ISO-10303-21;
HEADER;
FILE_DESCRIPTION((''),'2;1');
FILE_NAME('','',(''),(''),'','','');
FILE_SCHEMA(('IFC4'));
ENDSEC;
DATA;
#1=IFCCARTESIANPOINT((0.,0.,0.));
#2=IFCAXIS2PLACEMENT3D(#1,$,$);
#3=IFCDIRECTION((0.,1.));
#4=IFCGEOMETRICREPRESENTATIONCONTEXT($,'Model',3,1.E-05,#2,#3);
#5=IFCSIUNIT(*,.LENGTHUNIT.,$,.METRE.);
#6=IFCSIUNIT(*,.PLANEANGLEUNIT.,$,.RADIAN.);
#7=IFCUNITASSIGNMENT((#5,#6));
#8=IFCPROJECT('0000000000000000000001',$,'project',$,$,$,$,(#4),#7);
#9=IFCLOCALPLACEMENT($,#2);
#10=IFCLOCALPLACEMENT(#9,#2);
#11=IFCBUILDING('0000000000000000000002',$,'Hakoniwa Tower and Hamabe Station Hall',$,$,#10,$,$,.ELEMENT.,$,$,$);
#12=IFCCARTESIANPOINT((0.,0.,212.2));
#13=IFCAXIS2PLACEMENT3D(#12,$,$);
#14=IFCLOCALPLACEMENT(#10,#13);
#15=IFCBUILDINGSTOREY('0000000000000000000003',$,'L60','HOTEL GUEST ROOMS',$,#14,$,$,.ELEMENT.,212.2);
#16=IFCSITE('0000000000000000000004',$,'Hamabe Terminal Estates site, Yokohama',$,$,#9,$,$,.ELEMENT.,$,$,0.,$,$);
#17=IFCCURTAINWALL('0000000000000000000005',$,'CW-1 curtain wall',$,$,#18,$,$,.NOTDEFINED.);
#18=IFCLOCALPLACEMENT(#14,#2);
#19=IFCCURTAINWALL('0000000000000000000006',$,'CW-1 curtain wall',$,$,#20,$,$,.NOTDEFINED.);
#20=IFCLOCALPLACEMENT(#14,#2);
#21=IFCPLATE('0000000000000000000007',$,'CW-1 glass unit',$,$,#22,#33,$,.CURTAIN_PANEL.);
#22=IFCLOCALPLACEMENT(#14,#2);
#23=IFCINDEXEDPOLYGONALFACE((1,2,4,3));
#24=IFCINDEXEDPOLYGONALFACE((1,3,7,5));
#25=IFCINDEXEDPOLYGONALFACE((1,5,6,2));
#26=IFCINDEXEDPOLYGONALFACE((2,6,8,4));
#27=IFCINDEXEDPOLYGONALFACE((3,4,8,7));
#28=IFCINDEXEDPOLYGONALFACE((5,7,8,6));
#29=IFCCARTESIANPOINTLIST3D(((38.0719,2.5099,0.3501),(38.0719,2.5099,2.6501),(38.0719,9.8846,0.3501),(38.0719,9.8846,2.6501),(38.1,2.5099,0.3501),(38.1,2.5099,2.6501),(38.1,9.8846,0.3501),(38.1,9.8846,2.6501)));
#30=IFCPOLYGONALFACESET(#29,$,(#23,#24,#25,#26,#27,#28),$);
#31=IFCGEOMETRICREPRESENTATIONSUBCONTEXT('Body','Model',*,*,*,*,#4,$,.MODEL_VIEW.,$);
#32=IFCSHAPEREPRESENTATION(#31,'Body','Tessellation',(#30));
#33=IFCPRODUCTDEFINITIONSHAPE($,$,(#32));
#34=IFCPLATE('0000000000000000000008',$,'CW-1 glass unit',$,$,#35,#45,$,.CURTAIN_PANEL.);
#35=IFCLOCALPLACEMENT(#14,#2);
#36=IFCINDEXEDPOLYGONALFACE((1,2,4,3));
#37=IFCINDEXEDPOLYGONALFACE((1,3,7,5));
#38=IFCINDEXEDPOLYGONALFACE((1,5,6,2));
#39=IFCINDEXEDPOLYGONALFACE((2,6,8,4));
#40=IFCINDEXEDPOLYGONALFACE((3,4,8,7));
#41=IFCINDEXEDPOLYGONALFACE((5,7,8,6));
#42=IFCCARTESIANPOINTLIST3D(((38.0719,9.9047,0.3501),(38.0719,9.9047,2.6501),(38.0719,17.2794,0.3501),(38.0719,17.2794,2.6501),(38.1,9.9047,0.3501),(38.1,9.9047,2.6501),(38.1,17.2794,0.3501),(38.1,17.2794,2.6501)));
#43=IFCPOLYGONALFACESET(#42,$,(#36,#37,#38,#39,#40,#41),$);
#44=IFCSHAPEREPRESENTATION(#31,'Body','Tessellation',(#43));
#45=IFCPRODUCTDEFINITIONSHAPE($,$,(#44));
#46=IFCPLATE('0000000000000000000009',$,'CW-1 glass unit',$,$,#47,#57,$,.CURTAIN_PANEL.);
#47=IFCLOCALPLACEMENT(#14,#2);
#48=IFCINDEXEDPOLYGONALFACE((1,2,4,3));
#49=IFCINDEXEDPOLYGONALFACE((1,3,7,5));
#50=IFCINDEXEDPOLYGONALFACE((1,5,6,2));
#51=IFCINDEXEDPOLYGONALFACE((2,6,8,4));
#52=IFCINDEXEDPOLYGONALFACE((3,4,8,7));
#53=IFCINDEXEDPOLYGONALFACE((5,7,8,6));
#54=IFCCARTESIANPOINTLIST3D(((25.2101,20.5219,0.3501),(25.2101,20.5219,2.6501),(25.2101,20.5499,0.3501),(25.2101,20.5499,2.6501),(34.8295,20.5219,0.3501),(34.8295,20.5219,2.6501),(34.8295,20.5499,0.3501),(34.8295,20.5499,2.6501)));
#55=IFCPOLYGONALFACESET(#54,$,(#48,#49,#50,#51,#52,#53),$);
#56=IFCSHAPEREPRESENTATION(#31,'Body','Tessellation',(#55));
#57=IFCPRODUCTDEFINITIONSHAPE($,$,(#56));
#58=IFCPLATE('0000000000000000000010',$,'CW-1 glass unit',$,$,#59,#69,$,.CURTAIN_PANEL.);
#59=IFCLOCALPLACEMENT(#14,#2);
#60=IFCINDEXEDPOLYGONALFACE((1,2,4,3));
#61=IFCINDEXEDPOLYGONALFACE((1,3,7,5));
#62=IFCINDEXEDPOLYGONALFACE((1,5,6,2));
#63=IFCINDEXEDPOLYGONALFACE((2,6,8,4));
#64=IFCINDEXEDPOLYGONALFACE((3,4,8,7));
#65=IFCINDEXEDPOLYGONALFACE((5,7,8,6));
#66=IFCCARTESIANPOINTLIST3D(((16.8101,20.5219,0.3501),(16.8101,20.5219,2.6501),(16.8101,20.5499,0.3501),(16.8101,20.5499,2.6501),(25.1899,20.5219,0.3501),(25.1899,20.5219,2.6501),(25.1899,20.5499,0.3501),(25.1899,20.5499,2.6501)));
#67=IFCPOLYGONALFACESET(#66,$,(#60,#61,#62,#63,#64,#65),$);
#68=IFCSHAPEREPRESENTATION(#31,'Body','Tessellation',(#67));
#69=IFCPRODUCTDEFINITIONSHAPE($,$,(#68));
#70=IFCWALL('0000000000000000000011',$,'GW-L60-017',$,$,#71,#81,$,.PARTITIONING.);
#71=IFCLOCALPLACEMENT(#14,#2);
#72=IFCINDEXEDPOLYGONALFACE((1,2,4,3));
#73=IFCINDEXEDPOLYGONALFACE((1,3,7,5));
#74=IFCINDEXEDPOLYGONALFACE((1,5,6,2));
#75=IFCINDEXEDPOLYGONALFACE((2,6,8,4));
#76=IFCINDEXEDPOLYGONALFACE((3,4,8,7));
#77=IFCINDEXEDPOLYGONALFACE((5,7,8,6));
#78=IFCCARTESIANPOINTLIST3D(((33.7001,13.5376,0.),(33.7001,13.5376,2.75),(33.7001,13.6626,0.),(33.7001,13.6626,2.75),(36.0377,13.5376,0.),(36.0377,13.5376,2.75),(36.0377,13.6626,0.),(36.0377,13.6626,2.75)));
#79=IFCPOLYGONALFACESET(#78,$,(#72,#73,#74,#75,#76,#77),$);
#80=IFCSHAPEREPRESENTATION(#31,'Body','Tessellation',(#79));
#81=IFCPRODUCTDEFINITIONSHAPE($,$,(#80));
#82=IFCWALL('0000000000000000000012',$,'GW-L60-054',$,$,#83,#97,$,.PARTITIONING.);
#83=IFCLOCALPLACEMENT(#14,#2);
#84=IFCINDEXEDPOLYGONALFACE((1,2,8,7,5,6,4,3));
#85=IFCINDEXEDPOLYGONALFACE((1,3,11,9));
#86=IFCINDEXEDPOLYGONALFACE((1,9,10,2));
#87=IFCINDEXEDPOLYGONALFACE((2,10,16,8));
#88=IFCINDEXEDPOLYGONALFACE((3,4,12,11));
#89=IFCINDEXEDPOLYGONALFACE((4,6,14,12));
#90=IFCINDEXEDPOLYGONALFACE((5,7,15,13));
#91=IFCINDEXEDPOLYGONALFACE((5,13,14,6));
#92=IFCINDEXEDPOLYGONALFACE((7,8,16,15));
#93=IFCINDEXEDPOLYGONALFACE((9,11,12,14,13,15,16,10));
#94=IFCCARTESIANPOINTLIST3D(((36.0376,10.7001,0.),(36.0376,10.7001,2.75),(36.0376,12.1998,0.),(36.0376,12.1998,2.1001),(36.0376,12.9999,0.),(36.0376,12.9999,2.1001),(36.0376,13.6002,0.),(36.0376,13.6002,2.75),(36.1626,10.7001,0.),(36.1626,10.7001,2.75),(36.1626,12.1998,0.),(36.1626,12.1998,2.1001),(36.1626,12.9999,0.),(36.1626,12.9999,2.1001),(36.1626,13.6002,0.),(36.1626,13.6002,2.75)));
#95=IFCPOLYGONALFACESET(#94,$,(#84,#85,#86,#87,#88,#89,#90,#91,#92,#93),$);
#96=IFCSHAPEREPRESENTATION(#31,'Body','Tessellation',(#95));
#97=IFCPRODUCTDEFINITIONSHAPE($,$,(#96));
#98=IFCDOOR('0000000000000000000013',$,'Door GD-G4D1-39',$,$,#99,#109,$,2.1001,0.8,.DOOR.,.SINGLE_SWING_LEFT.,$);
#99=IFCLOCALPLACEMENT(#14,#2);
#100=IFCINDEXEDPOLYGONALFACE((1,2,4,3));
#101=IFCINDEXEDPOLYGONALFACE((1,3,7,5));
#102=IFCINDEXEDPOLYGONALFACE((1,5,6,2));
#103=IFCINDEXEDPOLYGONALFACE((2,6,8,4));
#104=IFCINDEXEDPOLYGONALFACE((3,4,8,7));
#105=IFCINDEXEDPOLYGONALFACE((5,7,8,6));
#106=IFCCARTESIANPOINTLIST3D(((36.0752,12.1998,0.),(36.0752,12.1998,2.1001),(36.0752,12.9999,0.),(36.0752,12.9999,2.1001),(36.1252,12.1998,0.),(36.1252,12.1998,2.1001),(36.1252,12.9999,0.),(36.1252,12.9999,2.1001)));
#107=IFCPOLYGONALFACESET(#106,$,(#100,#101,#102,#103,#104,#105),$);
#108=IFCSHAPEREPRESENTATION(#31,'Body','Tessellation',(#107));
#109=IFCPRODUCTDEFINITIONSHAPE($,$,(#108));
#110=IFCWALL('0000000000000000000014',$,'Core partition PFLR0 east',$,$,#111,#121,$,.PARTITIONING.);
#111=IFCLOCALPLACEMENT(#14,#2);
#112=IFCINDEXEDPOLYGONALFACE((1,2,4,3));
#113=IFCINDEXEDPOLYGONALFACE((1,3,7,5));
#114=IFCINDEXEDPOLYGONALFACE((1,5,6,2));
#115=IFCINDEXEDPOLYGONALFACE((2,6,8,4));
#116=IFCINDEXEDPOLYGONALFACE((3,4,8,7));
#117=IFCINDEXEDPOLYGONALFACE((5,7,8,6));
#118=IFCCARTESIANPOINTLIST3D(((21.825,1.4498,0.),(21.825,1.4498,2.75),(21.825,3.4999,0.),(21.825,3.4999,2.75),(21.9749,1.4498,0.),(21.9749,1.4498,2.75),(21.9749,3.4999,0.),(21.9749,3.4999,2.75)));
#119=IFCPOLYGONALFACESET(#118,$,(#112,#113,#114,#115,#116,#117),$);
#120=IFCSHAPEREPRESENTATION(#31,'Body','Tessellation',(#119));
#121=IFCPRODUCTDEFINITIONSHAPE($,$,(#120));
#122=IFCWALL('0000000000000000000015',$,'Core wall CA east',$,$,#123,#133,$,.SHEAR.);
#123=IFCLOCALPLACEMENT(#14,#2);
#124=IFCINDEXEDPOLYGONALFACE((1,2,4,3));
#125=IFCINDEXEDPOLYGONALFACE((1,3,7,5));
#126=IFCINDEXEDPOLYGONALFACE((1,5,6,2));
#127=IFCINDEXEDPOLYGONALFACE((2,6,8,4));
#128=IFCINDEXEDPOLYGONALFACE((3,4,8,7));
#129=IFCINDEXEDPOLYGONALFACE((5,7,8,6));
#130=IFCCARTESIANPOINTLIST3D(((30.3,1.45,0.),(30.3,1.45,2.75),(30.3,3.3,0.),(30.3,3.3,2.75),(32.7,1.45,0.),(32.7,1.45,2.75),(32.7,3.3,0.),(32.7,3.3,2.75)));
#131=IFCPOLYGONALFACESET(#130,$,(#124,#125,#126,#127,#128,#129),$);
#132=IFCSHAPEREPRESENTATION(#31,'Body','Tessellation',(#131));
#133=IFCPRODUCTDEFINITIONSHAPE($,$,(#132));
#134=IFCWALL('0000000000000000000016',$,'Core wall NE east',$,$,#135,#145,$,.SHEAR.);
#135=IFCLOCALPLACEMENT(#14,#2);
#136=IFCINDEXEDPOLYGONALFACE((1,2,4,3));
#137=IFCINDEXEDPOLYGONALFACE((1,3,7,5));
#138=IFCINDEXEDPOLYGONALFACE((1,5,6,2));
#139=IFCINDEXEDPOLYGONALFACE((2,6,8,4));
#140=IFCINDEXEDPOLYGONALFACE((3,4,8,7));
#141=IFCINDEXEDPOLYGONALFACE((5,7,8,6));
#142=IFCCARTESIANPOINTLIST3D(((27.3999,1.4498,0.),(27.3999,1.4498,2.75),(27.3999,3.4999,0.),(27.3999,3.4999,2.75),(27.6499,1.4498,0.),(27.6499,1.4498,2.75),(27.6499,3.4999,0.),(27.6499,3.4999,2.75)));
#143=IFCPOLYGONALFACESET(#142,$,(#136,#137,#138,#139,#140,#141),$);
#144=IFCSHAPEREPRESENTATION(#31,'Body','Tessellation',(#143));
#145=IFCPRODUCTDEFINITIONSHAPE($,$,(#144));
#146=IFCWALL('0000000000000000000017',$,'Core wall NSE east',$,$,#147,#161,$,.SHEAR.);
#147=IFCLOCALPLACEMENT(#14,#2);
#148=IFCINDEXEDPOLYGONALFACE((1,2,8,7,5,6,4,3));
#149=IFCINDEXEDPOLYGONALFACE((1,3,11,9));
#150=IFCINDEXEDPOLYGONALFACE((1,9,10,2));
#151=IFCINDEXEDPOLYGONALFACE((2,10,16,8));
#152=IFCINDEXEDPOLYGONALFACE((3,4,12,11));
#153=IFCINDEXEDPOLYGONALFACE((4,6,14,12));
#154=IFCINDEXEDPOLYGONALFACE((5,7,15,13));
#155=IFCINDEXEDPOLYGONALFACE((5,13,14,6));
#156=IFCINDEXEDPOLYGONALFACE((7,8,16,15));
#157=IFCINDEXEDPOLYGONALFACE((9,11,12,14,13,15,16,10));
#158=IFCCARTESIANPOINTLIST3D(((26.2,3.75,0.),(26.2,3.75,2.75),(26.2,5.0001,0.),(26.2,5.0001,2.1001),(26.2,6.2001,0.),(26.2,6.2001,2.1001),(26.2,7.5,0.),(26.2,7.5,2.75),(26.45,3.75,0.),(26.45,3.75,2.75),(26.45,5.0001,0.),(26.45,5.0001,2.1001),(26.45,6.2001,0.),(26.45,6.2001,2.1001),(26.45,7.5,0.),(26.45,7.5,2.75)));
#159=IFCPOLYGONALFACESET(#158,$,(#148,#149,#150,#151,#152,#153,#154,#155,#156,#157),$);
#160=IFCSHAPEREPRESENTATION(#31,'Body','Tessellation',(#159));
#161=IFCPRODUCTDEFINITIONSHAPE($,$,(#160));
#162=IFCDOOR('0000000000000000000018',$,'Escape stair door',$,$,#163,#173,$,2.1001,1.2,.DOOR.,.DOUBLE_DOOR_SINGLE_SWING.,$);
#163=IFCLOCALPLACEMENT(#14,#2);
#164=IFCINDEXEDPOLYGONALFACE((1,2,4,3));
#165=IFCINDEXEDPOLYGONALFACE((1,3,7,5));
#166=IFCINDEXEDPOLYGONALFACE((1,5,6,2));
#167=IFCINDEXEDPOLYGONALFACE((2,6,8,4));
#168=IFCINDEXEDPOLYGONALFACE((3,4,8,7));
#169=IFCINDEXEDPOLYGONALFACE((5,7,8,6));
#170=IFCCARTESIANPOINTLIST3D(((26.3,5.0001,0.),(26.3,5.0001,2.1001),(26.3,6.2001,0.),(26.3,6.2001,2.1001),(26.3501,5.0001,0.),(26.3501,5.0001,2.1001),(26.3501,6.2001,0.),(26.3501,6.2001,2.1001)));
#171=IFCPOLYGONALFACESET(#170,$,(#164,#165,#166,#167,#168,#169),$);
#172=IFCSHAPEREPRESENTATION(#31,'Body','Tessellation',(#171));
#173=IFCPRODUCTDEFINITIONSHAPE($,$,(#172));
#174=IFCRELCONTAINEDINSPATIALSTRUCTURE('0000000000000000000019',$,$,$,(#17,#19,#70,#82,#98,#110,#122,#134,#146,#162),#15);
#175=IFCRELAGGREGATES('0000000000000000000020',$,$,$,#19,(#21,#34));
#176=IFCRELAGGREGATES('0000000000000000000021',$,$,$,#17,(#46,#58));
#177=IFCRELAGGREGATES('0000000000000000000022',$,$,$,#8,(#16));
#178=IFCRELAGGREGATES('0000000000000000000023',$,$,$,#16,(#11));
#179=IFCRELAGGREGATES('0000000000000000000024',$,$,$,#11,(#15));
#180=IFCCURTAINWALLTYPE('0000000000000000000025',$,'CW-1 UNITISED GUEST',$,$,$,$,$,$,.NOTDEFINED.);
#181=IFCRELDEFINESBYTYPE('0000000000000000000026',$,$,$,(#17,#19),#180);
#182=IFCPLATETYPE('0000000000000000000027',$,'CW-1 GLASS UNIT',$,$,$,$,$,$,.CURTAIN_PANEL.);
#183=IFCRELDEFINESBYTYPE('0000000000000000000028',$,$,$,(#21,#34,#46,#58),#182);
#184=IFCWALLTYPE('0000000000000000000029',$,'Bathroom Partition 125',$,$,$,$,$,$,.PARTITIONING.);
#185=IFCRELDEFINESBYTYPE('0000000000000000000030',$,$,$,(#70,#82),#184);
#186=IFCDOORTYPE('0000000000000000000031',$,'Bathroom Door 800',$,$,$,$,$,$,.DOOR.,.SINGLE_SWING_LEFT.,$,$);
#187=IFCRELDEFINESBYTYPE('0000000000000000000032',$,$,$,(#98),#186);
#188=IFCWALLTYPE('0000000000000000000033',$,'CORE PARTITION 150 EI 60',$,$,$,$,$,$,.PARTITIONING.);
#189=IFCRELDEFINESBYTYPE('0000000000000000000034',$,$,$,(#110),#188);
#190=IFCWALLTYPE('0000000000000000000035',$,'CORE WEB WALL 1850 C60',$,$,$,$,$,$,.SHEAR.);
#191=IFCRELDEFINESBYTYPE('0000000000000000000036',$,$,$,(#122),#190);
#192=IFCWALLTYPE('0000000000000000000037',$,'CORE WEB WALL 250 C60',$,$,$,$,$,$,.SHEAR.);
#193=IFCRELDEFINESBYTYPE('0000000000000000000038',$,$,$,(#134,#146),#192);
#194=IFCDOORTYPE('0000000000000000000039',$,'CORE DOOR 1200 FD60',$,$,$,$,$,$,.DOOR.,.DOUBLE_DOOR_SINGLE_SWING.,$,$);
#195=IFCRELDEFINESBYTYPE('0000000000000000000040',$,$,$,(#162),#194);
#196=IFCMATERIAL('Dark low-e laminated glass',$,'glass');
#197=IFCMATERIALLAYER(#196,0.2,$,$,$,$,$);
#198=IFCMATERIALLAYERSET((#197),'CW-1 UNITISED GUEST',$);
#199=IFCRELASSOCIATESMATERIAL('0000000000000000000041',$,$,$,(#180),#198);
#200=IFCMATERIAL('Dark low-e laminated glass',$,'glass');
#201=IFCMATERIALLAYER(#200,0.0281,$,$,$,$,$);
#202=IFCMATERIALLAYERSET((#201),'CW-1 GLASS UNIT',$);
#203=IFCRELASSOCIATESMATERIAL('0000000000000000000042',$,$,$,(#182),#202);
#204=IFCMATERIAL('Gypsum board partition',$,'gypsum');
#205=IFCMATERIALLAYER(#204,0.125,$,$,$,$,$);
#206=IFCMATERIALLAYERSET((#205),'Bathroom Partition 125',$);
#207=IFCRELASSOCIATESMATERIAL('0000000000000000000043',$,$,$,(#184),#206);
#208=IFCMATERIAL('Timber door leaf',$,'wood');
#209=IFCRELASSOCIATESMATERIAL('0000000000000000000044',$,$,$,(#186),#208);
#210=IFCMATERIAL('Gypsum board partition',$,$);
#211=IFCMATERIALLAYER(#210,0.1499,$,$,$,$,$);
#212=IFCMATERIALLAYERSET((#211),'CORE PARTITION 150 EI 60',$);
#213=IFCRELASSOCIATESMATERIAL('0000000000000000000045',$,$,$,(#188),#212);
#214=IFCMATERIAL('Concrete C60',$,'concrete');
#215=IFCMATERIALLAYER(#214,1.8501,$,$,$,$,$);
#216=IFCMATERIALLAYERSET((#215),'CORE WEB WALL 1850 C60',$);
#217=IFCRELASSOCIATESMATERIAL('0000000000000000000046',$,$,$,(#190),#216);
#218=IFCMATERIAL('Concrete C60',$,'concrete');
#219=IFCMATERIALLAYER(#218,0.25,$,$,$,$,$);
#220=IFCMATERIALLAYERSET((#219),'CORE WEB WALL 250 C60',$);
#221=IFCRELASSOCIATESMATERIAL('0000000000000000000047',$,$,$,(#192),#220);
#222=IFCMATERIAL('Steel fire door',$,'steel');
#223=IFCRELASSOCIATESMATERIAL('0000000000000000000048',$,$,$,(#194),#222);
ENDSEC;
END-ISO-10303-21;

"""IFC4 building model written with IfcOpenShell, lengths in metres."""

from ifc_helpers import new_model, si_unit, direction, frame, frame_2d, origin, origin_2d, place, context, subcontext, project, spatial, rectangle, extrude, material, layer, layer_set, type_object, element, fill, aggregate, save


model = new_model("IFC4")

# Units and contexts
model_context = context("Model", 3, precision=1e-05, world=origin(), true_north=direction((0.0, 1.0)))
body_context = subcontext(model_context, "Body", "Model", "MODEL_VIEW")
ifc_project = project(units=[si_unit("LENGTHUNIT", "METRE"), si_unit("PLANEANGLEUNIT", "RADIAN")], contexts=[model_context])

# Site, building, storey
site_placement = place(None, origin())
site = spatial("IfcSite", under=ifc_project, at=site_placement, Name="Hamabe Terminal Estates site, Yokohama", CompositionType="ELEMENT", RefElevation=0.0)
building_placement = place(site_placement, origin())
building = spatial("IfcBuilding", under=site, at=building_placement, Name="Hakoniwa Tower and Hamabe Station Hall", CompositionType="ELEMENT")
storey_placement = place(building_placement, frame((0.0, 0.0, 212.2)))
storey = spatial("IfcBuildingStorey", under=building, at=storey_placement, Name="L60", Description="HOTEL GUEST ROOMS", CompositionType="ELEMENT", Elevation=212.2)

# Curtain wall
ifc_material_1 = material(Name="Dark low-e laminated glass", Category="glass")
ifc_layer_1 = layer(ifc_material_1, 0.2)
ifc_layer_set_1 = layer_set([ifc_layer_1], Name="CW-1 UNITISED GUEST")
curtain_wall_type = type_object("IfcCurtainWallType", Name="CW-1 UNITISED GUEST", PredefinedType="NOTDEFINED", material=ifc_layer_set_1)
curtain_wall_1_placement = place(storey_placement, origin())
curtain_wall_1 = element("IfcCurtainWall", 1, at=curtain_wall_1_placement, inside=storey, type_object=curtain_wall_type, Name="CW-1 curtain wall", PredefinedType="NOTDEFINED")

# Curtain wall
curtain_wall_2_placement = place(storey_placement, origin())
curtain_wall_2 = element("IfcCurtainWall", 2, at=curtain_wall_2_placement, inside=storey, type_object=curtain_wall_type, Name="CW-1 curtain wall", PredefinedType="NOTDEFINED")

# Plates
ifc_material_2 = material(Name="Dark low-e laminated glass", Category="glass")
ifc_layer_2 = layer(ifc_material_2, 0.0281)
ifc_layer_set_2 = layer_set([ifc_layer_2], Name="CW-1 GLASS UNIT")
plate_type = type_object("IfcPlateType", Name="CW-1 GLASS UNIT", PredefinedType="CURTAIN_PANEL", material=ifc_layer_set_2)
plate_1_placement = place(storey_placement, frame((38.0859, 6.1973, 0.3501), z_axis=(0.0, 0.0, 1.0), x_axis=(0.0, 1.0, 0.0)))
plate_1 = element("IfcPlate", 3, at=plate_1_placement, type_object=plate_type, Name="CW-1 glass unit", PredefinedType="CURTAIN_PANEL", context=body_context, shape_type="SweptSolid", body=[
    extrude(rectangle(XDim=7.3748, YDim=0.0281, at=origin_2d()), origin(), (0.0, 0.0, 1.0), 2.3),
])
plate_2_placement = place(storey_placement, frame((38.0859, 13.592, 0.3501), z_axis=(0.0, 0.0, 1.0), x_axis=(0.0, 1.0, 0.0)))
plate_2 = element("IfcPlate", 4, at=plate_2_placement, type_object=plate_type, Name="CW-1 glass unit", PredefinedType="CURTAIN_PANEL", context=body_context, shape_type="SweptSolid", body=[
    extrude(rectangle(XDim=7.3748, YDim=0.0281, at=origin_2d()), origin(), (0.0, 0.0, 1.0), 2.3),
])
aggregate(curtain_wall_2, [plate_1, plate_2])
plate_3_placement = place(storey_placement, frame((30.0198, 20.5359, 0.3501), z_axis=(0.0, 0.0, 1.0), x_axis=(-1.0, 0.0, 0.0)))
plate_3 = element("IfcPlate", 5, at=plate_3_placement, type_object=plate_type, Name="CW-1 glass unit", PredefinedType="CURTAIN_PANEL", context=body_context, shape_type="SweptSolid", body=[
    extrude(rectangle(XDim=9.6194, YDim=0.0281, at=origin_2d()), origin(), (0.0, 0.0, 1.0), 2.3),
])
plate_4_placement = place(storey_placement, frame((21.0, 20.5359, 0.3501), z_axis=(0.0, 0.0, 1.0), x_axis=(-1.0, 0.0, 0.0)))
plate_4 = element("IfcPlate", 6, at=plate_4_placement, type_object=plate_type, Name="CW-1 glass unit", PredefinedType="CURTAIN_PANEL", context=body_context, shape_type="SweptSolid", body=[
    extrude(rectangle(XDim=8.3799, YDim=0.0281, at=origin_2d()), origin(), (0.0, 0.0, 1.0), 2.3),
])
aggregate(curtain_wall_1, [plate_3, plate_4])

# Wall
ifc_material_3 = material(Name="Gypsum board partition", Category="gypsum")
ifc_layer_3 = layer(ifc_material_3, 0.125)
ifc_layer_set_3 = layer_set([ifc_layer_3], Name="Bathroom Partition 125")
wall_type_1 = type_object("IfcWallType", Name="Bathroom Partition 125", PredefinedType="PARTITIONING", material=ifc_layer_set_3)
wall_1_placement = place(storey_placement, frame((33.7, 13.6001, 0.0), z_axis=(0.0, 0.0, 1.0), x_axis=(1.0, 0.0, 0.0)))
element("IfcWall", 7, at=wall_1_placement, inside=storey, type_object=wall_type_1, Name="GW-L60-017", PredefinedType="PARTITIONING", context=body_context, shape_type="SweptSolid", body=[
    extrude(rectangle(XDim=2.3376, YDim=0.125, at=frame_2d((1.1689, 0.0))), origin(), (0.0, 0.0, 1.0), 2.75),
])

# Wall, opening, door
wall_2_placement = place(storey_placement, frame((36.1001, 10.7, 0.0), z_axis=(0.0, 0.0, 1.0), x_axis=(0.0, 1.0, 0.0)))
wall_2 = element("IfcWall", 8, at=wall_2_placement, inside=storey, type_object=wall_type_1, Name="GW-L60-054", PredefinedType="PARTITIONING", context=body_context, shape_type="SweptSolid", body=[
    extrude(rectangle(XDim=2.9001, YDim=0.125, at=frame_2d((1.4502, 0.0))), origin(), (0.0, 0.0, 1.0), 2.75),
])
opening_1_placement = place(wall_2_placement, frame((1.5, 0.0, 0.0)))
opening_1 = element("IfcOpeningElement", 9, at=opening_1_placement, cuts=wall_2, PredefinedType="OPENING", context=body_context, shape_type="SweptSolid", body=[
    extrude(rectangle(XDim=0.8, YDim=2.1001, at=frame_2d((0.3999, 1.05))), frame((0.0, 0.0725, 0.0), z_axis=(0.0, -1.0, 0.0), x_axis=(1.0, 0.0, 0.0)), (0.0, 0.0, 1.0), 0.145),
])
ifc_material_4 = material(Name="Timber door leaf", Category="wood")
door_type_1 = type_object("IfcDoorType", Name="Bathroom Door 800", OperationType="SINGLE_SWING_LEFT", PredefinedType="DOOR", material=ifc_material_4)
door_1_placement = place(opening_1_placement, origin())
door_1 = element("IfcDoor", 10, at=door_1_placement, inside=storey, type_object=door_type_1, Name="Door GD-G4D1-39", OperationType="SINGLE_SWING_LEFT", OverallHeight=2.1001, OverallWidth=0.8, PredefinedType="DOOR", context=body_context, shape_type="SweptSolid", body=[
    extrude(rectangle(XDim=0.8, YDim=2.1001, at=frame_2d((0.3999, 1.05))), frame((0.0, 0.0249, 0.0), z_axis=(0.0, -1.0, 0.0), x_axis=(1.0, 0.0, 0.0)), (0.0, 0.0, 1.0), 0.05),
])
fill(opening_1, door_1)

# Walls
ifc_material_5 = material(Name="Gypsum board partition")
ifc_layer_4 = layer(ifc_material_5, 0.1499)
ifc_layer_set_4 = layer_set([ifc_layer_4], Name="CORE PARTITION 150 EI 60")
wall_type_2 = type_object("IfcWallType", Name="CORE PARTITION 150 EI 60", PredefinedType="PARTITIONING", material=ifc_layer_set_4)
wall_3_placement = place(storey_placement, frame((21.8999, 1.45, 0.0), z_axis=(0.0, 0.0, 1.0), x_axis=(0.0, 1.0, 0.0)))
element("IfcWall", 11, at=wall_3_placement, inside=storey, type_object=wall_type_2, Name="Core partition PFLR0 east", PredefinedType="PARTITIONING", context=body_context, shape_type="SweptSolid", body=[
    extrude(rectangle(XDim=2.05, YDim=0.1499, at=frame_2d((1.0249, 0.0))), origin(), (0.0, 0.0, 1.0), 2.75),
])
ifc_material_6 = material(Name="Concrete C60", Category="concrete")
ifc_layer_5 = layer(ifc_material_6, 1.8501)
ifc_layer_set_5 = layer_set([ifc_layer_5], Name="CORE WEB WALL 1850 C60")
wall_type_3 = type_object("IfcWallType", Name="CORE WEB WALL 1850 C60", PredefinedType="SHEAR", material=ifc_layer_set_5)
wall_4_placement = place(storey_placement, frame((30.3, 2.375, 0.0), z_axis=(0.0, 0.0, 1.0), x_axis=(1.0, 0.0, 0.0)))
element("IfcWall", 12, at=wall_4_placement, inside=storey, type_object=wall_type_3, Name="Core wall CA east", PredefinedType="SHEAR", context=body_context, shape_type="SweptSolid", body=[
    extrude(rectangle(XDim=2.3999, YDim=1.8501, at=frame_2d((1.2, 0.0))), origin(), (0.0, 0.0, 1.0), 2.75),
])
ifc_material_7 = material(Name="Concrete C60", Category="concrete")
ifc_layer_6 = layer(ifc_material_7, 0.25)
ifc_layer_set_6 = layer_set([ifc_layer_6], Name="CORE WEB WALL 250 C60")
wall_type_4 = type_object("IfcWallType", Name="CORE WEB WALL 250 C60", PredefinedType="SHEAR", material=ifc_layer_set_6)
wall_5_placement = place(storey_placement, frame((27.5249, 1.45, 0.0), z_axis=(0.0, 0.0, 1.0), x_axis=(0.0, 1.0, 0.0)))
element("IfcWall", 13, at=wall_5_placement, inside=storey, type_object=wall_type_4, Name="Core wall NE east", PredefinedType="SHEAR", context=body_context, shape_type="SweptSolid", body=[
    extrude(rectangle(XDim=2.05, YDim=0.25, at=frame_2d((1.0249, 0.0))), origin(), (0.0, 0.0, 1.0), 2.75),
])

# Wall, opening, door
wall_6_placement = place(storey_placement, frame((26.325, 3.75, 0.0), z_axis=(0.0, 0.0, 1.0), x_axis=(0.0, 1.0, 0.0)))
wall_6 = element("IfcWall", 14, at=wall_6_placement, inside=storey, type_object=wall_type_4, Name="Core wall NSE east", PredefinedType="SHEAR", context=body_context, shape_type="SweptSolid", body=[
    extrude(rectangle(XDim=3.75, YDim=0.25, at=frame_2d((1.875, 0.0))), origin(), (0.0, 0.0, 1.0), 2.75),
])
opening_2_placement = place(wall_6_placement, frame((1.25, 0.0, 0.0)))
opening_2 = element("IfcOpeningElement", 15, at=opening_2_placement, cuts=wall_6, PredefinedType="OPENING", context=body_context, shape_type="SweptSolid", body=[
    extrude(rectangle(XDim=1.2, YDim=2.1001, at=frame_2d((0.6001, 1.05))), frame((0.0, 0.135, 0.0), z_axis=(0.0, -1.0, 0.0), x_axis=(1.0, 0.0, 0.0)), (0.0, 0.0, 1.0), 0.27),
])
ifc_material_8 = material(Name="Steel fire door", Category="steel")
door_type_2 = type_object("IfcDoorType", Name="CORE DOOR 1200 FD60", OperationType="DOUBLE_DOOR_SINGLE_SWING", PredefinedType="DOOR", material=ifc_material_8)
door_2_placement = place(opening_2_placement, origin())
door_2 = element("IfcDoor", 16, at=door_2_placement, inside=storey, type_object=door_type_2, Name="Escape stair door", OperationType="DOUBLE_DOOR_SINGLE_SWING", OverallHeight=2.1001, OverallWidth=1.2, PredefinedType="DOOR", context=body_context, shape_type="SweptSolid", body=[
    extrude(rectangle(XDim=1.2, YDim=2.1001, at=frame_2d((0.6001, 1.05))), frame((0.0, 0.0249, 0.0), z_axis=(0.0, -1.0, 0.0), x_axis=(1.0, 0.0, 0.0)), (0.0, 0.0, 1.0), 0.05),
])
fill(opening_2, door_2)

save(model, "model.ifc")
